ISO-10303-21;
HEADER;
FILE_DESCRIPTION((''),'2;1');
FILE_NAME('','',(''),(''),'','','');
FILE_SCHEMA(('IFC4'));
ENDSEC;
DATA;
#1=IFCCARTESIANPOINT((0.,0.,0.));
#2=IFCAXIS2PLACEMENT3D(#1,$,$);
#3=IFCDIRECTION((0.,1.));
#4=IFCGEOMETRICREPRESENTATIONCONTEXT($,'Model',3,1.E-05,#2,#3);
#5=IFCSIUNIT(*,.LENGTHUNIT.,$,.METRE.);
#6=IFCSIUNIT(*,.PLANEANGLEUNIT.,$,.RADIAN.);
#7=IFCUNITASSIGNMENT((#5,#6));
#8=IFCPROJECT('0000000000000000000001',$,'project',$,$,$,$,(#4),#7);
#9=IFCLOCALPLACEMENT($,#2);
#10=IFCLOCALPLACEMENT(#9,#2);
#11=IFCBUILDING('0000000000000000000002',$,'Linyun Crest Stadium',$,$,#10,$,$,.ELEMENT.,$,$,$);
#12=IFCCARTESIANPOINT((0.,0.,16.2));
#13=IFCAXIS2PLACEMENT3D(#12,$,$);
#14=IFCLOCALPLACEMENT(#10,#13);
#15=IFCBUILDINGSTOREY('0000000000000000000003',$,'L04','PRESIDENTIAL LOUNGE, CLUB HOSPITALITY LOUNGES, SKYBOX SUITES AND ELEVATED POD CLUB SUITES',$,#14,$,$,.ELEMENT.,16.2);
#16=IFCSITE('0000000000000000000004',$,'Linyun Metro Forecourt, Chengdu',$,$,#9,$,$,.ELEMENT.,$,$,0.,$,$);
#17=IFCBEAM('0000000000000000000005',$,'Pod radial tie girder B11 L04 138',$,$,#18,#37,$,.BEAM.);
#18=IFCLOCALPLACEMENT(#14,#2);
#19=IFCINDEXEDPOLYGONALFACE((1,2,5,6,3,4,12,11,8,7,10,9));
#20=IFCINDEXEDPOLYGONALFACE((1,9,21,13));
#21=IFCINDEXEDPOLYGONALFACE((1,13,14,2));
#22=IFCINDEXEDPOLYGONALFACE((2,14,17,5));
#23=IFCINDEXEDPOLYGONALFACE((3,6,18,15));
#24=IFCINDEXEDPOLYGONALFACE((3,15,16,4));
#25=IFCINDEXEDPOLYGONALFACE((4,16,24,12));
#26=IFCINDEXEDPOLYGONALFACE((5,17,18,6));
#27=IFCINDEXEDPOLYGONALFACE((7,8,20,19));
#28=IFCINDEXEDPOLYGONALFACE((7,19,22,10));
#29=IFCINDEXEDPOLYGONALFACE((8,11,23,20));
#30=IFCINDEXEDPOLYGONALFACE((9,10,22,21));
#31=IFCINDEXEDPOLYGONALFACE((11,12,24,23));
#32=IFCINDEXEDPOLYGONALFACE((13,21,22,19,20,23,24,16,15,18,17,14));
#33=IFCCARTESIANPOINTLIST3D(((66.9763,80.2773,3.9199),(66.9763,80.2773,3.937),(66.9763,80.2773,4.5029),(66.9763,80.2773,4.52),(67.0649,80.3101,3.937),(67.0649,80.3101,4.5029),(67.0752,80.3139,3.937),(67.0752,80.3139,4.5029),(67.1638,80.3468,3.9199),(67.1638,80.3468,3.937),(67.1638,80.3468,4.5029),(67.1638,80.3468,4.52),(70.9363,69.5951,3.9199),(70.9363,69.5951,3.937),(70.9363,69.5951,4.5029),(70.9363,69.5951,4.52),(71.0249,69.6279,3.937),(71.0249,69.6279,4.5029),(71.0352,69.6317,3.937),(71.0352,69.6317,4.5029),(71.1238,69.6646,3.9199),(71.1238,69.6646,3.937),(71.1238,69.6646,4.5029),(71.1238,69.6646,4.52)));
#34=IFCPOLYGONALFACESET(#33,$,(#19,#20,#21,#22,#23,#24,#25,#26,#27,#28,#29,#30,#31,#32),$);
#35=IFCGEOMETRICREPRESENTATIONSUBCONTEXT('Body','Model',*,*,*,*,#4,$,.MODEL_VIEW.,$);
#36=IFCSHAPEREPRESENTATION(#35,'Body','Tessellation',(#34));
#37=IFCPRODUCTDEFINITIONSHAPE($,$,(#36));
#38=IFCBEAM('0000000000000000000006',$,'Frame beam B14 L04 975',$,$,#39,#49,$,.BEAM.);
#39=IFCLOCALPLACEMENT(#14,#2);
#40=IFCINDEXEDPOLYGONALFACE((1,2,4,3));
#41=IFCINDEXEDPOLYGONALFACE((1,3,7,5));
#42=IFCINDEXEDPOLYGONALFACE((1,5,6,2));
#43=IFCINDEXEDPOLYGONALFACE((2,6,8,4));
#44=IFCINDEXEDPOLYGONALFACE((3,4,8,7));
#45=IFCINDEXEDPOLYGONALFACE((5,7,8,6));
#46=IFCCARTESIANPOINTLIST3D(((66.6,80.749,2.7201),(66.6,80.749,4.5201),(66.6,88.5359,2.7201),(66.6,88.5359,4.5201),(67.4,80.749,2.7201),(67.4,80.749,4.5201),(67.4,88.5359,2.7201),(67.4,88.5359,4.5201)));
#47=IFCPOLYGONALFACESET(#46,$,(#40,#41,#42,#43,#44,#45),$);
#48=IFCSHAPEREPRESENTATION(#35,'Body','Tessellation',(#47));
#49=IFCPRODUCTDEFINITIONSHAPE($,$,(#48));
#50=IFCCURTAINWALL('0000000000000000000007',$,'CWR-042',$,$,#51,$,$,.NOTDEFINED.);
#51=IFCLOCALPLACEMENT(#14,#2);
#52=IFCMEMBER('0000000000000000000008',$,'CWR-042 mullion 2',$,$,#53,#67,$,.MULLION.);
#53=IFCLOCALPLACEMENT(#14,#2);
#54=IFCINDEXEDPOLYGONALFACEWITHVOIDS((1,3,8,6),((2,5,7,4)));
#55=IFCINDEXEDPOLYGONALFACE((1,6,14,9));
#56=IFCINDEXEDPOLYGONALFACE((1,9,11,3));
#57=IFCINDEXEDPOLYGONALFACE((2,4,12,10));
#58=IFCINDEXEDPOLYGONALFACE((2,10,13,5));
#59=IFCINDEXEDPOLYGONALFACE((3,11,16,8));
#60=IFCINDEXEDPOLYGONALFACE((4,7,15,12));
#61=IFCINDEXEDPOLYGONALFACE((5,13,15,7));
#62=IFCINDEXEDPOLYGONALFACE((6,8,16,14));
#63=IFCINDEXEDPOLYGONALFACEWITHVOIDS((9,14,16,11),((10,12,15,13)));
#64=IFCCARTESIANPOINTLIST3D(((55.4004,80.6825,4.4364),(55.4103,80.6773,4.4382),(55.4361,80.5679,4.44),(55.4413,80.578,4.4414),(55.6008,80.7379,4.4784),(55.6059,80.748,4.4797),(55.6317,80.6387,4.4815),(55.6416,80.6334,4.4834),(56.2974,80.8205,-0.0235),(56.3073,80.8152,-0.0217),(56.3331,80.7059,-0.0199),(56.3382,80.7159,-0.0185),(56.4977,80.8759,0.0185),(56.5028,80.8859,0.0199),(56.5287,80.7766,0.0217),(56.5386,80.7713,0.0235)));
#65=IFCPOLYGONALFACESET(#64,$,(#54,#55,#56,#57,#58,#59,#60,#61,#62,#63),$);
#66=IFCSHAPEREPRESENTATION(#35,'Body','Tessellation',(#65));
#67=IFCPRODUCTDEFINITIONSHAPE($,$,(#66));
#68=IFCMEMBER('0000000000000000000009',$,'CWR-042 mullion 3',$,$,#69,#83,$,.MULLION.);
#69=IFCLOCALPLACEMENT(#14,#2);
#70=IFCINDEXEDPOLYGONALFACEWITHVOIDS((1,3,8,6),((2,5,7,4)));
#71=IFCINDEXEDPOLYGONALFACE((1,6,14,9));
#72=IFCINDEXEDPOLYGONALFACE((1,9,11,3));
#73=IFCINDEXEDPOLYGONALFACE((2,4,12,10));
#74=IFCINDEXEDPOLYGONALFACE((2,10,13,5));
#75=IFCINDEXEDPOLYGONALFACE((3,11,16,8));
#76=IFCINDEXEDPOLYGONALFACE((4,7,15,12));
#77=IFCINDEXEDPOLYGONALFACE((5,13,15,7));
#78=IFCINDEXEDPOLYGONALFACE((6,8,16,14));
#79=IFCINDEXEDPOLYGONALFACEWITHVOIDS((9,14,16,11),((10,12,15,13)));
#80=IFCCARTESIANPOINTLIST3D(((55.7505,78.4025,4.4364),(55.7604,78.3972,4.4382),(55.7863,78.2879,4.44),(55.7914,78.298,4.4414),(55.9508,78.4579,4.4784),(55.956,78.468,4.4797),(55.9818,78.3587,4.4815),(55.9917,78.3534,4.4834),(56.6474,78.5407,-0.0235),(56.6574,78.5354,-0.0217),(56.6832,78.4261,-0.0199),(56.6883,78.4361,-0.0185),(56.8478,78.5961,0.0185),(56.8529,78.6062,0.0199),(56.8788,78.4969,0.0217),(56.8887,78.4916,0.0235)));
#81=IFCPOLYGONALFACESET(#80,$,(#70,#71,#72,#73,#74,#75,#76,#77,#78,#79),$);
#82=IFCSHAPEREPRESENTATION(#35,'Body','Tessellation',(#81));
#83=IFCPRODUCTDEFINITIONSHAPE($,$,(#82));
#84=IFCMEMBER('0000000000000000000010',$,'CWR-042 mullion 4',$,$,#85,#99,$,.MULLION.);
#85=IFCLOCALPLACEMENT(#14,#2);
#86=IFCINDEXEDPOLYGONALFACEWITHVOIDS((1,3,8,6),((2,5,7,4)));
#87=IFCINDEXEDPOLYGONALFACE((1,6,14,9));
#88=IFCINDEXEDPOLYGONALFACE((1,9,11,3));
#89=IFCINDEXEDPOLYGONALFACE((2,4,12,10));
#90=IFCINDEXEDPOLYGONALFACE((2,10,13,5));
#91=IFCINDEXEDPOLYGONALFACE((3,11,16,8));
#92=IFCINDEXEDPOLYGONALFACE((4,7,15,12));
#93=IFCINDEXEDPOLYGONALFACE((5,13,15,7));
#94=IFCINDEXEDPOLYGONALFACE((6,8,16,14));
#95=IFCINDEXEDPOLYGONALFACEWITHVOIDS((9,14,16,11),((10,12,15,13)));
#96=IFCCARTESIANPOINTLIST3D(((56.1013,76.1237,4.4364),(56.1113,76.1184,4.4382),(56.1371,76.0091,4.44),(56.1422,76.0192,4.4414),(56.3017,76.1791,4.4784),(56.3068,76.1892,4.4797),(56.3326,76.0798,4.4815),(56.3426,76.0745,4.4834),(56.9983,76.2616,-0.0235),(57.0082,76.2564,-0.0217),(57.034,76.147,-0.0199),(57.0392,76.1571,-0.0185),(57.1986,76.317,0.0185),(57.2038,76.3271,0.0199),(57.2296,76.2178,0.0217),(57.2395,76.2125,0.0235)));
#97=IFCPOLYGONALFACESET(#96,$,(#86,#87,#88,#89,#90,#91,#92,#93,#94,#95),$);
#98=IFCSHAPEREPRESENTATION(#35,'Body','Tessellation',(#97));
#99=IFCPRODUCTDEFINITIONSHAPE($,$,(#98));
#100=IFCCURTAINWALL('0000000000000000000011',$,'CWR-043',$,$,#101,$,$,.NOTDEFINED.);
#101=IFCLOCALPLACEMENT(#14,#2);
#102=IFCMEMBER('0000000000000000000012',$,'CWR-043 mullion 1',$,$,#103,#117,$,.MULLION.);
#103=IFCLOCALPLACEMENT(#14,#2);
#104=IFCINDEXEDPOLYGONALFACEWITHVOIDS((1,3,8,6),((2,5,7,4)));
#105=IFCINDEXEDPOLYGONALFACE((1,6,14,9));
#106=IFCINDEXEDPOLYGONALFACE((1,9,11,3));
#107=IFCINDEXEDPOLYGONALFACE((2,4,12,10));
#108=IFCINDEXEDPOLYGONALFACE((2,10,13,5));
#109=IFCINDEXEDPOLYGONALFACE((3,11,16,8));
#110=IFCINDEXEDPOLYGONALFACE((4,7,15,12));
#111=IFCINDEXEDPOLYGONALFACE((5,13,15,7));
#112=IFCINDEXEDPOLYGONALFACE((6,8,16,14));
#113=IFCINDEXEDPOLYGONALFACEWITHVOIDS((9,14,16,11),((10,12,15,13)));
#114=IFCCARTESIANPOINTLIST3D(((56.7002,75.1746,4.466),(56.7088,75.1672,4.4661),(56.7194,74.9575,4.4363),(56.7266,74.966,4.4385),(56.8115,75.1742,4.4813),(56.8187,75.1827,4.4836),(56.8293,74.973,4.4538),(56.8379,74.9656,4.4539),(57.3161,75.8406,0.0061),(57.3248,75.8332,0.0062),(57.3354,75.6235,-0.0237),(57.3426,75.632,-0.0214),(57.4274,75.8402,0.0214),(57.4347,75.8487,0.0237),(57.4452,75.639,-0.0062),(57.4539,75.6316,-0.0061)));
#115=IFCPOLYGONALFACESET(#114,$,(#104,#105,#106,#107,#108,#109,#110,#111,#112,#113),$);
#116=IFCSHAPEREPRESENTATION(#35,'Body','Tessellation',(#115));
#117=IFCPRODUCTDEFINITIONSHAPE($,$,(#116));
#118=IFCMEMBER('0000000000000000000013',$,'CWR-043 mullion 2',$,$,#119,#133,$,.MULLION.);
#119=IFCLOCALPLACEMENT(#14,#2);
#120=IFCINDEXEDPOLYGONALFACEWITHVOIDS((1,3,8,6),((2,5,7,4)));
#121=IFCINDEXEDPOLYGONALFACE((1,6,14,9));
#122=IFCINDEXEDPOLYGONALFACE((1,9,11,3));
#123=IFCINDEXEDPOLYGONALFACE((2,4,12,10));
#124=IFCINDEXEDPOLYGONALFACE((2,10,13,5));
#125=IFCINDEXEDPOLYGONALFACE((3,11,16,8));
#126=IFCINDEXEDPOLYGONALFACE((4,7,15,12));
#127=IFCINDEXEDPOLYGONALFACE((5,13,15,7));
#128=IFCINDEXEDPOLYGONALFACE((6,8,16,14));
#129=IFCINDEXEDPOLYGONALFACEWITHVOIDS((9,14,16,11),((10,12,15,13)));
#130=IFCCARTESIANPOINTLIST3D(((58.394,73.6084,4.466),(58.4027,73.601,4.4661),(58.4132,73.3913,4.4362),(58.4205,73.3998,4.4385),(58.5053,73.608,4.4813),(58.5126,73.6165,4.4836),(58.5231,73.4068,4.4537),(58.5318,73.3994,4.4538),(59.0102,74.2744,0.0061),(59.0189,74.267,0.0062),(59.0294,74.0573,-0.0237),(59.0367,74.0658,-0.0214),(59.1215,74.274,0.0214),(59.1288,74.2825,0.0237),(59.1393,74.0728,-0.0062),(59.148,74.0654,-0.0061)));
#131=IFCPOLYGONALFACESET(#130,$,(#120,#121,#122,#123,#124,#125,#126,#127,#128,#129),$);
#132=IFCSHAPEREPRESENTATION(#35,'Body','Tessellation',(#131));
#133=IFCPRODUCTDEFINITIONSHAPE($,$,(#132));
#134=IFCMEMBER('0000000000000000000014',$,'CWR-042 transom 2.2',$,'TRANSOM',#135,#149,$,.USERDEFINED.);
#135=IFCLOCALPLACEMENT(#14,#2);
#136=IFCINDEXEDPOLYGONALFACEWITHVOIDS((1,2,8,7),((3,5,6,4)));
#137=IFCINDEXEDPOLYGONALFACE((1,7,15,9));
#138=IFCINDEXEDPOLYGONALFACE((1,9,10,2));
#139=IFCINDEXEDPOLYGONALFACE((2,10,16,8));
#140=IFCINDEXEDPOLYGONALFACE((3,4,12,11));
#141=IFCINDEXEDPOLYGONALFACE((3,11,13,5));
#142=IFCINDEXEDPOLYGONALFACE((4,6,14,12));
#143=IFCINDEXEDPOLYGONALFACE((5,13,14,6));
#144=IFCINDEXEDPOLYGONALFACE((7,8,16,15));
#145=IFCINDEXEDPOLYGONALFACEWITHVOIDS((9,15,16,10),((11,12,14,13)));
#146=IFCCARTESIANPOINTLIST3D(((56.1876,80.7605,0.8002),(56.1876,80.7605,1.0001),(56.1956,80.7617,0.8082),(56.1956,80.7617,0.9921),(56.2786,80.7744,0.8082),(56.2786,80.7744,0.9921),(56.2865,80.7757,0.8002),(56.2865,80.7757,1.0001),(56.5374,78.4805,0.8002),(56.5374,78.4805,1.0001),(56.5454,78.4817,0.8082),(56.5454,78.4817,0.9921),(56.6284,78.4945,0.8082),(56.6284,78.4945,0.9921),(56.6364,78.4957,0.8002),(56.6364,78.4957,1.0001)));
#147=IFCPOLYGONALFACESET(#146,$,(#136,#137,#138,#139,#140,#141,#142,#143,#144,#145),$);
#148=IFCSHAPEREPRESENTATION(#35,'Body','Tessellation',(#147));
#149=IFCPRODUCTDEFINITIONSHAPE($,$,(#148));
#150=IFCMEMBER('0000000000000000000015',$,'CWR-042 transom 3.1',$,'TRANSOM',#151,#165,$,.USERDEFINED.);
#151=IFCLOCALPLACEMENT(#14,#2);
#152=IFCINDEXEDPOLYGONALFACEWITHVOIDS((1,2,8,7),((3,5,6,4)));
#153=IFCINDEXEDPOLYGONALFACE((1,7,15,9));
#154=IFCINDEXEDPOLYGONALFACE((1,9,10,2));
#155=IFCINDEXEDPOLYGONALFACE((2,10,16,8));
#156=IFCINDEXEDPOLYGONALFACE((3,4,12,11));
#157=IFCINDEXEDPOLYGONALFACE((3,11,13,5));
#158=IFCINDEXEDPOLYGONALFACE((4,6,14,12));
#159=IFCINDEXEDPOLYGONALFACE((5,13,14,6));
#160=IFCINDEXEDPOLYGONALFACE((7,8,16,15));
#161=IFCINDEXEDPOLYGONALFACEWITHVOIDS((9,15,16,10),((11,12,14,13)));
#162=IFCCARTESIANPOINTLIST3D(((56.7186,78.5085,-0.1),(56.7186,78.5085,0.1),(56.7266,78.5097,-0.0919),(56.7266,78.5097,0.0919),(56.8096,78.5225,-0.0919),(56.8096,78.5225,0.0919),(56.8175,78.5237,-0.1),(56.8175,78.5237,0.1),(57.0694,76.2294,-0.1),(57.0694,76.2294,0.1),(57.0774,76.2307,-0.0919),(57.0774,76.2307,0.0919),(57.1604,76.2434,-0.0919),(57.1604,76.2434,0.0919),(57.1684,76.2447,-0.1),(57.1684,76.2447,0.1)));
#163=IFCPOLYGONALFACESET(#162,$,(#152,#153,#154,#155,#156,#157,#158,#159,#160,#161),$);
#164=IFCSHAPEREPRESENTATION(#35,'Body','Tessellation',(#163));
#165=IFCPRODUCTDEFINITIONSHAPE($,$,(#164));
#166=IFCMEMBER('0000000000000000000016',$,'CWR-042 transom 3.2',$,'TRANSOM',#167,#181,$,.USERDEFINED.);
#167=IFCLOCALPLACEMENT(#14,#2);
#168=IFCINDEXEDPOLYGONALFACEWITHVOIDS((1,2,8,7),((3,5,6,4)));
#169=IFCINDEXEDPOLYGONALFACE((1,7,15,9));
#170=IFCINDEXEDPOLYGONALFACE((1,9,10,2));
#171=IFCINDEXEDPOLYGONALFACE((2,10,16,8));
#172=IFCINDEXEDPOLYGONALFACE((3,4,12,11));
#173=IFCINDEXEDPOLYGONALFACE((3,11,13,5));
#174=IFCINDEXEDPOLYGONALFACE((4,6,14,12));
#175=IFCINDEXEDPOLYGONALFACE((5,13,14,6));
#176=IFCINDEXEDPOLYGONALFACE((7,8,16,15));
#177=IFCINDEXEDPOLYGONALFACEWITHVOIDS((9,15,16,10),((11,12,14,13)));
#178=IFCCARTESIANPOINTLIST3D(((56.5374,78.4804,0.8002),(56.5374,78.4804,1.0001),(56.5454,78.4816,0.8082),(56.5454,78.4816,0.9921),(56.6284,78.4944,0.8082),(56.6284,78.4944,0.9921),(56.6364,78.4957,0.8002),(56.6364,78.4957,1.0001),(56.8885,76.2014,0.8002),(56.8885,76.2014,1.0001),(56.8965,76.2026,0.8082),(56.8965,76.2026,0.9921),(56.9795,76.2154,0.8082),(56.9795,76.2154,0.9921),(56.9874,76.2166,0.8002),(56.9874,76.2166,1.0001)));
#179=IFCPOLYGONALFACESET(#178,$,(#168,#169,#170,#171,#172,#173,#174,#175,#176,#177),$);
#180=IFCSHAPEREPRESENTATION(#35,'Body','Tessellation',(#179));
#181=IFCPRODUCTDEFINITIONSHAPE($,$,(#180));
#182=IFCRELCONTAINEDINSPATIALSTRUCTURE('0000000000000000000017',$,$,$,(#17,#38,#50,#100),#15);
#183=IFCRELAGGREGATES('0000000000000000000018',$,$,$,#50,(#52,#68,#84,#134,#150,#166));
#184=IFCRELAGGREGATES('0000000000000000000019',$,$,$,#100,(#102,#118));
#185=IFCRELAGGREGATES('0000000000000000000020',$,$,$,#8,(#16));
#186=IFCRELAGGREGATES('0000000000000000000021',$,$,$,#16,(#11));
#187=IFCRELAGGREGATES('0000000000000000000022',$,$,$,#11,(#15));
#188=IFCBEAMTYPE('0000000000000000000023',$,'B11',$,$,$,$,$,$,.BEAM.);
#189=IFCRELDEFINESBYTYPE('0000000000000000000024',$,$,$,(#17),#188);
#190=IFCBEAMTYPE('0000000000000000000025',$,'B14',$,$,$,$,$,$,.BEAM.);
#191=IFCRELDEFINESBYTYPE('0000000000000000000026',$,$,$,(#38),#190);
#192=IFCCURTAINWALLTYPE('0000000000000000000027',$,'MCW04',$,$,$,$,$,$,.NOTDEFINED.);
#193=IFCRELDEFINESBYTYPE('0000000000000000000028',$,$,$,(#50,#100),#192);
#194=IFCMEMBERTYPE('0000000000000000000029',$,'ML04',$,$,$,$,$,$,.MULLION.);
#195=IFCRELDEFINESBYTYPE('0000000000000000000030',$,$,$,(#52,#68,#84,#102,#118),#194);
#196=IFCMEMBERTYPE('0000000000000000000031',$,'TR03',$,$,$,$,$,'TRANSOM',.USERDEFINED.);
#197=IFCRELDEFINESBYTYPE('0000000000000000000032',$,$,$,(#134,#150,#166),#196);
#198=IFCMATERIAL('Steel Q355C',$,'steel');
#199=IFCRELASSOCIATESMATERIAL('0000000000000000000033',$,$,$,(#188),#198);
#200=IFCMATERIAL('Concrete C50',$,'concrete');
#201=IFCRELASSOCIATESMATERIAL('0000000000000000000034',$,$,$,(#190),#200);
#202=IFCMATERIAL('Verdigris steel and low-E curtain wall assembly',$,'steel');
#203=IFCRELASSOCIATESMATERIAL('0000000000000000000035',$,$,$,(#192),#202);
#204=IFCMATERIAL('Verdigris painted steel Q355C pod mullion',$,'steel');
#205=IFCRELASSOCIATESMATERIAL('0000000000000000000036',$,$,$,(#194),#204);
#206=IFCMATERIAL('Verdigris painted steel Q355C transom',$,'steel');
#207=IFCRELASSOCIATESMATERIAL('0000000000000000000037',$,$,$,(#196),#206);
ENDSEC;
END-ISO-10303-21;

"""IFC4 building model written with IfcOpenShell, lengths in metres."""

from ifc_helpers import new_model, si_unit, direction, frame, origin, origin_2d, place, context, subcontext, project, spatial, rectangle, hollow_rectangle, i_section, extrude, material, material_profile, profile_set, type_object, element, aggregate, save


model = new_model("IFC4")

# Units and contexts
model_context = context("Model", 3, precision=1e-05, world=origin(), true_north=direction((0.0, 1.0)))
body_context = subcontext(model_context, "Body", "Model", "MODEL_VIEW")
ifc_project = project(units=[si_unit("LENGTHUNIT", "METRE"), si_unit("PLANEANGLEUNIT", "RADIAN")], contexts=[model_context])

# Site, building, storey
site_placement = place(None, origin())
site = spatial("IfcSite", under=ifc_project, at=site_placement, Name="Linyun Metro Forecourt, Chengdu", CompositionType="ELEMENT", RefElevation=0.0)
building_placement = place(site_placement, origin())
building = spatial("IfcBuilding", under=site, at=building_placement, Name="Linyun Crest Stadium", CompositionType="ELEMENT")
storey_placement = place(building_placement, frame((0.0, 0.0, 16.2)))
storey = spatial("IfcBuildingStorey", under=building, at=storey_placement, Name="L04", Description="PRESIDENTIAL LOUNGE, CLUB HOSPITALITY LOUNGES, SKYBOX SUITES AND ELEVATED POD CLUB SUITES", CompositionType="ELEMENT", Elevation=16.2)

# Beams
ifc_material_1 = material(Name="Steel Q355C", Category="steel")
ifc_material_profile_1 = material_profile(ifc_material_1, i_section(OverallWidth=0.2, OverallDepth=0.6001, WebThickness=0.011, FlangeThickness=0.0171, at=origin_2d()), Name="HN 600x200")
ifc_profile_set_1 = profile_set([ifc_material_profile_1], Name="Steel Q355C")
beam_type_1 = type_object("IfcBeamType", Name="B11", PredefinedType="BEAM", material=ifc_profile_set_1)
beam_1_placement = place(storey_placement, frame((67.0701, 80.312, 4.22), z_axis=(0.347594, -0.937645, 0.0), x_axis=(0.937645, 0.347594, 0.0)))
element("IfcBeam", 1, at=beam_1_placement, inside=storey, type_object=beam_type_1, Name="Pod radial tie girder B11 L04 138", PredefinedType="BEAM", context=body_context, shape_type="SweptSolid", body=[
    extrude(i_section(OverallWidth=0.2, OverallDepth=0.6001, WebThickness=0.011, FlangeThickness=0.0171, at=origin_2d()), origin(), (0.0, 0.0, 1.0), 11.3926),
])
ifc_material_2 = material(Name="Concrete C50", Category="concrete")
ifc_material_profile_2 = material_profile(ifc_material_2, rectangle(XDim=0.8, YDim=1.8, at=origin_2d()), Name="RCB 1800x800")
ifc_profile_set_2 = profile_set([ifc_material_profile_2], Name="Concrete C50")
beam_type_2 = type_object("IfcBeamType", Name="B14", PredefinedType="BEAM", material=ifc_profile_set_2)
beam_2_placement = place(storey_placement, frame((67.0, 80.749, 3.6201), z_axis=(0.0, 1.0, 0.0), x_axis=(-1.0, 0.0, 0.0)))
element("IfcBeam", 2, at=beam_2_placement, inside=storey, type_object=beam_type_2, Name="Frame beam B14 L04 975", PredefinedType="BEAM", context=body_context, shape_type="SweptSolid", body=[
    extrude(rectangle(XDim=0.8, YDim=1.8, at=origin_2d()), origin(), (0.0, 0.0, 1.0), 7.7869),
])

# Curtain walls, members
ifc_material_3 = material(Name="Verdigris steel and low-E curtain wall assembly", Category="steel")
curtain_wall_type = type_object("IfcCurtainWallType", Name="MCW04", PredefinedType="NOTDEFINED", material=ifc_material_3)
curtain_wall_1_placement = place(storey_placement, origin())
curtain_wall_1 = element("IfcCurtainWall", 3, at=curtain_wall_1_placement, inside=storey, type_object=curtain_wall_type, Name="CWR-042", PredefinedType="NOTDEFINED")
ifc_material_4 = material(Name="Verdigris painted steel Q355C pod mullion", Category="steel")
ifc_material_profile_3 = material_profile(ifc_material_4, hollow_rectangle(XDim=0.1201, YDim=0.22, WallThickness=0.0081, at=origin_2d()), Name="RHS 220x120x8")
ifc_profile_set_3 = profile_set([ifc_material_profile_3], Name="Verdigris painted steel Q355C pod mullion")
member_type_1 = type_object("IfcMemberType", Name="ML04", PredefinedType="MULLION", material=ifc_profile_set_3)
member_1_placement = place(storey_placement, frame((56.418, 80.7959, 0.0), z_axis=(-0.197078, -0.030307, 0.979919), x_axis=(0.297564, -0.95422, 0.030333)))
member_1 = element("IfcMember", 4, at=member_1_placement, type_object=member_type_1, Name="CWR-042 mullion 2", PredefinedType="MULLION", context=body_context, shape_type="SweptSolid", body=[
    extrude(hollow_rectangle(XDim=0.1201, YDim=0.22, WallThickness=0.0081, at=origin_2d()), origin(), (0.0, 0.0, 1.0), 4.5513),
])
member_2_placement = place(storey_placement, frame((56.7681, 78.5161, 0.0), z_axis=(-0.197078, -0.030361, 0.979918), x_axis=(0.297818, -0.954141, 0.030334)))
member_2 = element("IfcMember", 5, at=member_2_placement, type_object=member_type_1, Name="CWR-042 mullion 3", PredefinedType="MULLION", context=body_context, shape_type="SweptSolid", body=[
    extrude(hollow_rectangle(XDim=0.1201, YDim=0.22, WallThickness=0.0081, at=origin_2d()), origin(), (0.0, 0.0, 1.0), 4.5513),
])
member_3_placement = place(storey_placement, frame((57.1189, 76.2371, 0.0), z_axis=(-0.197078, -0.030307, 0.979919), x_axis=(0.297564, -0.95422, 0.030333)))
member_3 = element("IfcMember", 6, at=member_3_placement, type_object=member_type_1, Name="CWR-042 mullion 4", PredefinedType="MULLION", context=body_context, shape_type="SweptSolid", body=[
    extrude(hollow_rectangle(XDim=0.1201, YDim=0.22, WallThickness=0.0081, at=origin_2d()), origin(), (0.0, 0.0, 1.0), 4.5513),
])
curtain_wall_2_placement = place(storey_placement, origin())
curtain_wall_2 = element("IfcCurtainWall", 7, at=curtain_wall_2_placement, inside=storey, type_object=curtain_wall_type, Name="CWR-043", PredefinedType="NOTDEFINED")
member_4_placement = place(storey_placement, frame((57.385, 75.7361, 0.0), z_axis=(-0.135339, -0.146336, 0.979933), x_axis=(0.986932, 0.067392, 0.146369)))
member_4 = element("IfcMember", 8, at=member_4_placement, type_object=member_type_1, Name="CWR-043 mullion 1", PredefinedType="MULLION", context=body_context, shape_type="SweptSolid", body=[
    extrude(hollow_rectangle(XDim=0.1201, YDim=0.22, WallThickness=0.0081, at=origin_2d()), origin(), (0.0, 0.0, 1.0), 4.5513),
])
member_5_placement = place(storey_placement, frame((59.0791, 74.1699, 0.0), z_axis=(-0.135392, -0.146334, 0.979926), x_axis=(0.986942, 0.067193, 0.146395)))
member_5 = element("IfcMember", 9, at=member_5_placement, type_object=member_type_1, Name="CWR-043 mullion 2", PredefinedType="MULLION", context=body_context, shape_type="SweptSolid", body=[
    extrude(hollow_rectangle(XDim=0.1201, YDim=0.22, WallThickness=0.0081, at=origin_2d()), origin(), (0.0, 0.0, 1.0), 4.5513),
])

# Members
ifc_material_5 = material(Name="Verdigris painted steel Q355C transom", Category="steel")
ifc_material_profile_4 = material_profile(ifc_material_5, hollow_rectangle(XDim=0.1001, YDim=0.2, WallThickness=0.0081, at=origin_2d()), Name="RHS 200x100x8")
ifc_profile_set_4 = profile_set([ifc_material_profile_4], Name="Verdigris painted steel Q355C transom")
member_type_2 = type_object("IfcMemberType", Name="TR03", ElementType="TRANSOM", PredefinedType="USERDEFINED", material=ifc_profile_set_4)
member_6_placement = place(storey_placement, frame((56.2371, 80.7681, 0.9001), z_axis=(0.151667, -0.988432, 0.0), x_axis=(0.988432, 0.151667, 0.0)))
member_6 = element("IfcMember", 10, at=member_6_placement, type_object=member_type_2, Name="CWR-042 transom 2.2", ObjectType="TRANSOM", PredefinedType="USERDEFINED", context=body_context, shape_type="SweptSolid", body=[
    extrude(hollow_rectangle(XDim=0.1001, YDim=0.2, WallThickness=0.0081, at=origin_2d()), origin(), (0.0, 0.0, 1.0), 2.3066),
])
member_7_placement = place(storey_placement, frame((56.7681, 78.5161, 0.0), z_axis=(0.152145, -0.988358, 0.0), x_axis=(0.988358, 0.152145, 0.0)))
member_7 = element("IfcMember", 11, at=member_7_placement, type_object=member_type_2, Name="CWR-042 transom 3.1", ObjectType="TRANSOM", PredefinedType="USERDEFINED", context=body_context, shape_type="SweptSolid", body=[
    extrude(hollow_rectangle(XDim=0.1001, YDim=0.2, WallThickness=0.0081, at=origin_2d()), origin(), (0.0, 0.0, 1.0), 2.3059),
])
member_8_placement = place(storey_placement, frame((56.5869, 78.488, 0.9001), z_axis=(0.152248, -0.988342, 0.0), x_axis=(0.988342, 0.152248, 0.0)))
member_8 = element("IfcMember", 12, at=member_8_placement, type_object=member_type_2, Name="CWR-042 transom 3.2", ObjectType="TRANSOM", PredefinedType="USERDEFINED", context=body_context, shape_type="SweptSolid", body=[
    extrude(hollow_rectangle(XDim=0.1001, YDim=0.2, WallThickness=0.0081, at=origin_2d()), origin(), (0.0, 0.0, 1.0), 2.3059),
])

aggregate(curtain_wall_1, [member_1, member_2, member_3, member_6, member_7, member_8])
aggregate(curtain_wall_2, [member_4, member_5])

save(model, "model.ifc")
